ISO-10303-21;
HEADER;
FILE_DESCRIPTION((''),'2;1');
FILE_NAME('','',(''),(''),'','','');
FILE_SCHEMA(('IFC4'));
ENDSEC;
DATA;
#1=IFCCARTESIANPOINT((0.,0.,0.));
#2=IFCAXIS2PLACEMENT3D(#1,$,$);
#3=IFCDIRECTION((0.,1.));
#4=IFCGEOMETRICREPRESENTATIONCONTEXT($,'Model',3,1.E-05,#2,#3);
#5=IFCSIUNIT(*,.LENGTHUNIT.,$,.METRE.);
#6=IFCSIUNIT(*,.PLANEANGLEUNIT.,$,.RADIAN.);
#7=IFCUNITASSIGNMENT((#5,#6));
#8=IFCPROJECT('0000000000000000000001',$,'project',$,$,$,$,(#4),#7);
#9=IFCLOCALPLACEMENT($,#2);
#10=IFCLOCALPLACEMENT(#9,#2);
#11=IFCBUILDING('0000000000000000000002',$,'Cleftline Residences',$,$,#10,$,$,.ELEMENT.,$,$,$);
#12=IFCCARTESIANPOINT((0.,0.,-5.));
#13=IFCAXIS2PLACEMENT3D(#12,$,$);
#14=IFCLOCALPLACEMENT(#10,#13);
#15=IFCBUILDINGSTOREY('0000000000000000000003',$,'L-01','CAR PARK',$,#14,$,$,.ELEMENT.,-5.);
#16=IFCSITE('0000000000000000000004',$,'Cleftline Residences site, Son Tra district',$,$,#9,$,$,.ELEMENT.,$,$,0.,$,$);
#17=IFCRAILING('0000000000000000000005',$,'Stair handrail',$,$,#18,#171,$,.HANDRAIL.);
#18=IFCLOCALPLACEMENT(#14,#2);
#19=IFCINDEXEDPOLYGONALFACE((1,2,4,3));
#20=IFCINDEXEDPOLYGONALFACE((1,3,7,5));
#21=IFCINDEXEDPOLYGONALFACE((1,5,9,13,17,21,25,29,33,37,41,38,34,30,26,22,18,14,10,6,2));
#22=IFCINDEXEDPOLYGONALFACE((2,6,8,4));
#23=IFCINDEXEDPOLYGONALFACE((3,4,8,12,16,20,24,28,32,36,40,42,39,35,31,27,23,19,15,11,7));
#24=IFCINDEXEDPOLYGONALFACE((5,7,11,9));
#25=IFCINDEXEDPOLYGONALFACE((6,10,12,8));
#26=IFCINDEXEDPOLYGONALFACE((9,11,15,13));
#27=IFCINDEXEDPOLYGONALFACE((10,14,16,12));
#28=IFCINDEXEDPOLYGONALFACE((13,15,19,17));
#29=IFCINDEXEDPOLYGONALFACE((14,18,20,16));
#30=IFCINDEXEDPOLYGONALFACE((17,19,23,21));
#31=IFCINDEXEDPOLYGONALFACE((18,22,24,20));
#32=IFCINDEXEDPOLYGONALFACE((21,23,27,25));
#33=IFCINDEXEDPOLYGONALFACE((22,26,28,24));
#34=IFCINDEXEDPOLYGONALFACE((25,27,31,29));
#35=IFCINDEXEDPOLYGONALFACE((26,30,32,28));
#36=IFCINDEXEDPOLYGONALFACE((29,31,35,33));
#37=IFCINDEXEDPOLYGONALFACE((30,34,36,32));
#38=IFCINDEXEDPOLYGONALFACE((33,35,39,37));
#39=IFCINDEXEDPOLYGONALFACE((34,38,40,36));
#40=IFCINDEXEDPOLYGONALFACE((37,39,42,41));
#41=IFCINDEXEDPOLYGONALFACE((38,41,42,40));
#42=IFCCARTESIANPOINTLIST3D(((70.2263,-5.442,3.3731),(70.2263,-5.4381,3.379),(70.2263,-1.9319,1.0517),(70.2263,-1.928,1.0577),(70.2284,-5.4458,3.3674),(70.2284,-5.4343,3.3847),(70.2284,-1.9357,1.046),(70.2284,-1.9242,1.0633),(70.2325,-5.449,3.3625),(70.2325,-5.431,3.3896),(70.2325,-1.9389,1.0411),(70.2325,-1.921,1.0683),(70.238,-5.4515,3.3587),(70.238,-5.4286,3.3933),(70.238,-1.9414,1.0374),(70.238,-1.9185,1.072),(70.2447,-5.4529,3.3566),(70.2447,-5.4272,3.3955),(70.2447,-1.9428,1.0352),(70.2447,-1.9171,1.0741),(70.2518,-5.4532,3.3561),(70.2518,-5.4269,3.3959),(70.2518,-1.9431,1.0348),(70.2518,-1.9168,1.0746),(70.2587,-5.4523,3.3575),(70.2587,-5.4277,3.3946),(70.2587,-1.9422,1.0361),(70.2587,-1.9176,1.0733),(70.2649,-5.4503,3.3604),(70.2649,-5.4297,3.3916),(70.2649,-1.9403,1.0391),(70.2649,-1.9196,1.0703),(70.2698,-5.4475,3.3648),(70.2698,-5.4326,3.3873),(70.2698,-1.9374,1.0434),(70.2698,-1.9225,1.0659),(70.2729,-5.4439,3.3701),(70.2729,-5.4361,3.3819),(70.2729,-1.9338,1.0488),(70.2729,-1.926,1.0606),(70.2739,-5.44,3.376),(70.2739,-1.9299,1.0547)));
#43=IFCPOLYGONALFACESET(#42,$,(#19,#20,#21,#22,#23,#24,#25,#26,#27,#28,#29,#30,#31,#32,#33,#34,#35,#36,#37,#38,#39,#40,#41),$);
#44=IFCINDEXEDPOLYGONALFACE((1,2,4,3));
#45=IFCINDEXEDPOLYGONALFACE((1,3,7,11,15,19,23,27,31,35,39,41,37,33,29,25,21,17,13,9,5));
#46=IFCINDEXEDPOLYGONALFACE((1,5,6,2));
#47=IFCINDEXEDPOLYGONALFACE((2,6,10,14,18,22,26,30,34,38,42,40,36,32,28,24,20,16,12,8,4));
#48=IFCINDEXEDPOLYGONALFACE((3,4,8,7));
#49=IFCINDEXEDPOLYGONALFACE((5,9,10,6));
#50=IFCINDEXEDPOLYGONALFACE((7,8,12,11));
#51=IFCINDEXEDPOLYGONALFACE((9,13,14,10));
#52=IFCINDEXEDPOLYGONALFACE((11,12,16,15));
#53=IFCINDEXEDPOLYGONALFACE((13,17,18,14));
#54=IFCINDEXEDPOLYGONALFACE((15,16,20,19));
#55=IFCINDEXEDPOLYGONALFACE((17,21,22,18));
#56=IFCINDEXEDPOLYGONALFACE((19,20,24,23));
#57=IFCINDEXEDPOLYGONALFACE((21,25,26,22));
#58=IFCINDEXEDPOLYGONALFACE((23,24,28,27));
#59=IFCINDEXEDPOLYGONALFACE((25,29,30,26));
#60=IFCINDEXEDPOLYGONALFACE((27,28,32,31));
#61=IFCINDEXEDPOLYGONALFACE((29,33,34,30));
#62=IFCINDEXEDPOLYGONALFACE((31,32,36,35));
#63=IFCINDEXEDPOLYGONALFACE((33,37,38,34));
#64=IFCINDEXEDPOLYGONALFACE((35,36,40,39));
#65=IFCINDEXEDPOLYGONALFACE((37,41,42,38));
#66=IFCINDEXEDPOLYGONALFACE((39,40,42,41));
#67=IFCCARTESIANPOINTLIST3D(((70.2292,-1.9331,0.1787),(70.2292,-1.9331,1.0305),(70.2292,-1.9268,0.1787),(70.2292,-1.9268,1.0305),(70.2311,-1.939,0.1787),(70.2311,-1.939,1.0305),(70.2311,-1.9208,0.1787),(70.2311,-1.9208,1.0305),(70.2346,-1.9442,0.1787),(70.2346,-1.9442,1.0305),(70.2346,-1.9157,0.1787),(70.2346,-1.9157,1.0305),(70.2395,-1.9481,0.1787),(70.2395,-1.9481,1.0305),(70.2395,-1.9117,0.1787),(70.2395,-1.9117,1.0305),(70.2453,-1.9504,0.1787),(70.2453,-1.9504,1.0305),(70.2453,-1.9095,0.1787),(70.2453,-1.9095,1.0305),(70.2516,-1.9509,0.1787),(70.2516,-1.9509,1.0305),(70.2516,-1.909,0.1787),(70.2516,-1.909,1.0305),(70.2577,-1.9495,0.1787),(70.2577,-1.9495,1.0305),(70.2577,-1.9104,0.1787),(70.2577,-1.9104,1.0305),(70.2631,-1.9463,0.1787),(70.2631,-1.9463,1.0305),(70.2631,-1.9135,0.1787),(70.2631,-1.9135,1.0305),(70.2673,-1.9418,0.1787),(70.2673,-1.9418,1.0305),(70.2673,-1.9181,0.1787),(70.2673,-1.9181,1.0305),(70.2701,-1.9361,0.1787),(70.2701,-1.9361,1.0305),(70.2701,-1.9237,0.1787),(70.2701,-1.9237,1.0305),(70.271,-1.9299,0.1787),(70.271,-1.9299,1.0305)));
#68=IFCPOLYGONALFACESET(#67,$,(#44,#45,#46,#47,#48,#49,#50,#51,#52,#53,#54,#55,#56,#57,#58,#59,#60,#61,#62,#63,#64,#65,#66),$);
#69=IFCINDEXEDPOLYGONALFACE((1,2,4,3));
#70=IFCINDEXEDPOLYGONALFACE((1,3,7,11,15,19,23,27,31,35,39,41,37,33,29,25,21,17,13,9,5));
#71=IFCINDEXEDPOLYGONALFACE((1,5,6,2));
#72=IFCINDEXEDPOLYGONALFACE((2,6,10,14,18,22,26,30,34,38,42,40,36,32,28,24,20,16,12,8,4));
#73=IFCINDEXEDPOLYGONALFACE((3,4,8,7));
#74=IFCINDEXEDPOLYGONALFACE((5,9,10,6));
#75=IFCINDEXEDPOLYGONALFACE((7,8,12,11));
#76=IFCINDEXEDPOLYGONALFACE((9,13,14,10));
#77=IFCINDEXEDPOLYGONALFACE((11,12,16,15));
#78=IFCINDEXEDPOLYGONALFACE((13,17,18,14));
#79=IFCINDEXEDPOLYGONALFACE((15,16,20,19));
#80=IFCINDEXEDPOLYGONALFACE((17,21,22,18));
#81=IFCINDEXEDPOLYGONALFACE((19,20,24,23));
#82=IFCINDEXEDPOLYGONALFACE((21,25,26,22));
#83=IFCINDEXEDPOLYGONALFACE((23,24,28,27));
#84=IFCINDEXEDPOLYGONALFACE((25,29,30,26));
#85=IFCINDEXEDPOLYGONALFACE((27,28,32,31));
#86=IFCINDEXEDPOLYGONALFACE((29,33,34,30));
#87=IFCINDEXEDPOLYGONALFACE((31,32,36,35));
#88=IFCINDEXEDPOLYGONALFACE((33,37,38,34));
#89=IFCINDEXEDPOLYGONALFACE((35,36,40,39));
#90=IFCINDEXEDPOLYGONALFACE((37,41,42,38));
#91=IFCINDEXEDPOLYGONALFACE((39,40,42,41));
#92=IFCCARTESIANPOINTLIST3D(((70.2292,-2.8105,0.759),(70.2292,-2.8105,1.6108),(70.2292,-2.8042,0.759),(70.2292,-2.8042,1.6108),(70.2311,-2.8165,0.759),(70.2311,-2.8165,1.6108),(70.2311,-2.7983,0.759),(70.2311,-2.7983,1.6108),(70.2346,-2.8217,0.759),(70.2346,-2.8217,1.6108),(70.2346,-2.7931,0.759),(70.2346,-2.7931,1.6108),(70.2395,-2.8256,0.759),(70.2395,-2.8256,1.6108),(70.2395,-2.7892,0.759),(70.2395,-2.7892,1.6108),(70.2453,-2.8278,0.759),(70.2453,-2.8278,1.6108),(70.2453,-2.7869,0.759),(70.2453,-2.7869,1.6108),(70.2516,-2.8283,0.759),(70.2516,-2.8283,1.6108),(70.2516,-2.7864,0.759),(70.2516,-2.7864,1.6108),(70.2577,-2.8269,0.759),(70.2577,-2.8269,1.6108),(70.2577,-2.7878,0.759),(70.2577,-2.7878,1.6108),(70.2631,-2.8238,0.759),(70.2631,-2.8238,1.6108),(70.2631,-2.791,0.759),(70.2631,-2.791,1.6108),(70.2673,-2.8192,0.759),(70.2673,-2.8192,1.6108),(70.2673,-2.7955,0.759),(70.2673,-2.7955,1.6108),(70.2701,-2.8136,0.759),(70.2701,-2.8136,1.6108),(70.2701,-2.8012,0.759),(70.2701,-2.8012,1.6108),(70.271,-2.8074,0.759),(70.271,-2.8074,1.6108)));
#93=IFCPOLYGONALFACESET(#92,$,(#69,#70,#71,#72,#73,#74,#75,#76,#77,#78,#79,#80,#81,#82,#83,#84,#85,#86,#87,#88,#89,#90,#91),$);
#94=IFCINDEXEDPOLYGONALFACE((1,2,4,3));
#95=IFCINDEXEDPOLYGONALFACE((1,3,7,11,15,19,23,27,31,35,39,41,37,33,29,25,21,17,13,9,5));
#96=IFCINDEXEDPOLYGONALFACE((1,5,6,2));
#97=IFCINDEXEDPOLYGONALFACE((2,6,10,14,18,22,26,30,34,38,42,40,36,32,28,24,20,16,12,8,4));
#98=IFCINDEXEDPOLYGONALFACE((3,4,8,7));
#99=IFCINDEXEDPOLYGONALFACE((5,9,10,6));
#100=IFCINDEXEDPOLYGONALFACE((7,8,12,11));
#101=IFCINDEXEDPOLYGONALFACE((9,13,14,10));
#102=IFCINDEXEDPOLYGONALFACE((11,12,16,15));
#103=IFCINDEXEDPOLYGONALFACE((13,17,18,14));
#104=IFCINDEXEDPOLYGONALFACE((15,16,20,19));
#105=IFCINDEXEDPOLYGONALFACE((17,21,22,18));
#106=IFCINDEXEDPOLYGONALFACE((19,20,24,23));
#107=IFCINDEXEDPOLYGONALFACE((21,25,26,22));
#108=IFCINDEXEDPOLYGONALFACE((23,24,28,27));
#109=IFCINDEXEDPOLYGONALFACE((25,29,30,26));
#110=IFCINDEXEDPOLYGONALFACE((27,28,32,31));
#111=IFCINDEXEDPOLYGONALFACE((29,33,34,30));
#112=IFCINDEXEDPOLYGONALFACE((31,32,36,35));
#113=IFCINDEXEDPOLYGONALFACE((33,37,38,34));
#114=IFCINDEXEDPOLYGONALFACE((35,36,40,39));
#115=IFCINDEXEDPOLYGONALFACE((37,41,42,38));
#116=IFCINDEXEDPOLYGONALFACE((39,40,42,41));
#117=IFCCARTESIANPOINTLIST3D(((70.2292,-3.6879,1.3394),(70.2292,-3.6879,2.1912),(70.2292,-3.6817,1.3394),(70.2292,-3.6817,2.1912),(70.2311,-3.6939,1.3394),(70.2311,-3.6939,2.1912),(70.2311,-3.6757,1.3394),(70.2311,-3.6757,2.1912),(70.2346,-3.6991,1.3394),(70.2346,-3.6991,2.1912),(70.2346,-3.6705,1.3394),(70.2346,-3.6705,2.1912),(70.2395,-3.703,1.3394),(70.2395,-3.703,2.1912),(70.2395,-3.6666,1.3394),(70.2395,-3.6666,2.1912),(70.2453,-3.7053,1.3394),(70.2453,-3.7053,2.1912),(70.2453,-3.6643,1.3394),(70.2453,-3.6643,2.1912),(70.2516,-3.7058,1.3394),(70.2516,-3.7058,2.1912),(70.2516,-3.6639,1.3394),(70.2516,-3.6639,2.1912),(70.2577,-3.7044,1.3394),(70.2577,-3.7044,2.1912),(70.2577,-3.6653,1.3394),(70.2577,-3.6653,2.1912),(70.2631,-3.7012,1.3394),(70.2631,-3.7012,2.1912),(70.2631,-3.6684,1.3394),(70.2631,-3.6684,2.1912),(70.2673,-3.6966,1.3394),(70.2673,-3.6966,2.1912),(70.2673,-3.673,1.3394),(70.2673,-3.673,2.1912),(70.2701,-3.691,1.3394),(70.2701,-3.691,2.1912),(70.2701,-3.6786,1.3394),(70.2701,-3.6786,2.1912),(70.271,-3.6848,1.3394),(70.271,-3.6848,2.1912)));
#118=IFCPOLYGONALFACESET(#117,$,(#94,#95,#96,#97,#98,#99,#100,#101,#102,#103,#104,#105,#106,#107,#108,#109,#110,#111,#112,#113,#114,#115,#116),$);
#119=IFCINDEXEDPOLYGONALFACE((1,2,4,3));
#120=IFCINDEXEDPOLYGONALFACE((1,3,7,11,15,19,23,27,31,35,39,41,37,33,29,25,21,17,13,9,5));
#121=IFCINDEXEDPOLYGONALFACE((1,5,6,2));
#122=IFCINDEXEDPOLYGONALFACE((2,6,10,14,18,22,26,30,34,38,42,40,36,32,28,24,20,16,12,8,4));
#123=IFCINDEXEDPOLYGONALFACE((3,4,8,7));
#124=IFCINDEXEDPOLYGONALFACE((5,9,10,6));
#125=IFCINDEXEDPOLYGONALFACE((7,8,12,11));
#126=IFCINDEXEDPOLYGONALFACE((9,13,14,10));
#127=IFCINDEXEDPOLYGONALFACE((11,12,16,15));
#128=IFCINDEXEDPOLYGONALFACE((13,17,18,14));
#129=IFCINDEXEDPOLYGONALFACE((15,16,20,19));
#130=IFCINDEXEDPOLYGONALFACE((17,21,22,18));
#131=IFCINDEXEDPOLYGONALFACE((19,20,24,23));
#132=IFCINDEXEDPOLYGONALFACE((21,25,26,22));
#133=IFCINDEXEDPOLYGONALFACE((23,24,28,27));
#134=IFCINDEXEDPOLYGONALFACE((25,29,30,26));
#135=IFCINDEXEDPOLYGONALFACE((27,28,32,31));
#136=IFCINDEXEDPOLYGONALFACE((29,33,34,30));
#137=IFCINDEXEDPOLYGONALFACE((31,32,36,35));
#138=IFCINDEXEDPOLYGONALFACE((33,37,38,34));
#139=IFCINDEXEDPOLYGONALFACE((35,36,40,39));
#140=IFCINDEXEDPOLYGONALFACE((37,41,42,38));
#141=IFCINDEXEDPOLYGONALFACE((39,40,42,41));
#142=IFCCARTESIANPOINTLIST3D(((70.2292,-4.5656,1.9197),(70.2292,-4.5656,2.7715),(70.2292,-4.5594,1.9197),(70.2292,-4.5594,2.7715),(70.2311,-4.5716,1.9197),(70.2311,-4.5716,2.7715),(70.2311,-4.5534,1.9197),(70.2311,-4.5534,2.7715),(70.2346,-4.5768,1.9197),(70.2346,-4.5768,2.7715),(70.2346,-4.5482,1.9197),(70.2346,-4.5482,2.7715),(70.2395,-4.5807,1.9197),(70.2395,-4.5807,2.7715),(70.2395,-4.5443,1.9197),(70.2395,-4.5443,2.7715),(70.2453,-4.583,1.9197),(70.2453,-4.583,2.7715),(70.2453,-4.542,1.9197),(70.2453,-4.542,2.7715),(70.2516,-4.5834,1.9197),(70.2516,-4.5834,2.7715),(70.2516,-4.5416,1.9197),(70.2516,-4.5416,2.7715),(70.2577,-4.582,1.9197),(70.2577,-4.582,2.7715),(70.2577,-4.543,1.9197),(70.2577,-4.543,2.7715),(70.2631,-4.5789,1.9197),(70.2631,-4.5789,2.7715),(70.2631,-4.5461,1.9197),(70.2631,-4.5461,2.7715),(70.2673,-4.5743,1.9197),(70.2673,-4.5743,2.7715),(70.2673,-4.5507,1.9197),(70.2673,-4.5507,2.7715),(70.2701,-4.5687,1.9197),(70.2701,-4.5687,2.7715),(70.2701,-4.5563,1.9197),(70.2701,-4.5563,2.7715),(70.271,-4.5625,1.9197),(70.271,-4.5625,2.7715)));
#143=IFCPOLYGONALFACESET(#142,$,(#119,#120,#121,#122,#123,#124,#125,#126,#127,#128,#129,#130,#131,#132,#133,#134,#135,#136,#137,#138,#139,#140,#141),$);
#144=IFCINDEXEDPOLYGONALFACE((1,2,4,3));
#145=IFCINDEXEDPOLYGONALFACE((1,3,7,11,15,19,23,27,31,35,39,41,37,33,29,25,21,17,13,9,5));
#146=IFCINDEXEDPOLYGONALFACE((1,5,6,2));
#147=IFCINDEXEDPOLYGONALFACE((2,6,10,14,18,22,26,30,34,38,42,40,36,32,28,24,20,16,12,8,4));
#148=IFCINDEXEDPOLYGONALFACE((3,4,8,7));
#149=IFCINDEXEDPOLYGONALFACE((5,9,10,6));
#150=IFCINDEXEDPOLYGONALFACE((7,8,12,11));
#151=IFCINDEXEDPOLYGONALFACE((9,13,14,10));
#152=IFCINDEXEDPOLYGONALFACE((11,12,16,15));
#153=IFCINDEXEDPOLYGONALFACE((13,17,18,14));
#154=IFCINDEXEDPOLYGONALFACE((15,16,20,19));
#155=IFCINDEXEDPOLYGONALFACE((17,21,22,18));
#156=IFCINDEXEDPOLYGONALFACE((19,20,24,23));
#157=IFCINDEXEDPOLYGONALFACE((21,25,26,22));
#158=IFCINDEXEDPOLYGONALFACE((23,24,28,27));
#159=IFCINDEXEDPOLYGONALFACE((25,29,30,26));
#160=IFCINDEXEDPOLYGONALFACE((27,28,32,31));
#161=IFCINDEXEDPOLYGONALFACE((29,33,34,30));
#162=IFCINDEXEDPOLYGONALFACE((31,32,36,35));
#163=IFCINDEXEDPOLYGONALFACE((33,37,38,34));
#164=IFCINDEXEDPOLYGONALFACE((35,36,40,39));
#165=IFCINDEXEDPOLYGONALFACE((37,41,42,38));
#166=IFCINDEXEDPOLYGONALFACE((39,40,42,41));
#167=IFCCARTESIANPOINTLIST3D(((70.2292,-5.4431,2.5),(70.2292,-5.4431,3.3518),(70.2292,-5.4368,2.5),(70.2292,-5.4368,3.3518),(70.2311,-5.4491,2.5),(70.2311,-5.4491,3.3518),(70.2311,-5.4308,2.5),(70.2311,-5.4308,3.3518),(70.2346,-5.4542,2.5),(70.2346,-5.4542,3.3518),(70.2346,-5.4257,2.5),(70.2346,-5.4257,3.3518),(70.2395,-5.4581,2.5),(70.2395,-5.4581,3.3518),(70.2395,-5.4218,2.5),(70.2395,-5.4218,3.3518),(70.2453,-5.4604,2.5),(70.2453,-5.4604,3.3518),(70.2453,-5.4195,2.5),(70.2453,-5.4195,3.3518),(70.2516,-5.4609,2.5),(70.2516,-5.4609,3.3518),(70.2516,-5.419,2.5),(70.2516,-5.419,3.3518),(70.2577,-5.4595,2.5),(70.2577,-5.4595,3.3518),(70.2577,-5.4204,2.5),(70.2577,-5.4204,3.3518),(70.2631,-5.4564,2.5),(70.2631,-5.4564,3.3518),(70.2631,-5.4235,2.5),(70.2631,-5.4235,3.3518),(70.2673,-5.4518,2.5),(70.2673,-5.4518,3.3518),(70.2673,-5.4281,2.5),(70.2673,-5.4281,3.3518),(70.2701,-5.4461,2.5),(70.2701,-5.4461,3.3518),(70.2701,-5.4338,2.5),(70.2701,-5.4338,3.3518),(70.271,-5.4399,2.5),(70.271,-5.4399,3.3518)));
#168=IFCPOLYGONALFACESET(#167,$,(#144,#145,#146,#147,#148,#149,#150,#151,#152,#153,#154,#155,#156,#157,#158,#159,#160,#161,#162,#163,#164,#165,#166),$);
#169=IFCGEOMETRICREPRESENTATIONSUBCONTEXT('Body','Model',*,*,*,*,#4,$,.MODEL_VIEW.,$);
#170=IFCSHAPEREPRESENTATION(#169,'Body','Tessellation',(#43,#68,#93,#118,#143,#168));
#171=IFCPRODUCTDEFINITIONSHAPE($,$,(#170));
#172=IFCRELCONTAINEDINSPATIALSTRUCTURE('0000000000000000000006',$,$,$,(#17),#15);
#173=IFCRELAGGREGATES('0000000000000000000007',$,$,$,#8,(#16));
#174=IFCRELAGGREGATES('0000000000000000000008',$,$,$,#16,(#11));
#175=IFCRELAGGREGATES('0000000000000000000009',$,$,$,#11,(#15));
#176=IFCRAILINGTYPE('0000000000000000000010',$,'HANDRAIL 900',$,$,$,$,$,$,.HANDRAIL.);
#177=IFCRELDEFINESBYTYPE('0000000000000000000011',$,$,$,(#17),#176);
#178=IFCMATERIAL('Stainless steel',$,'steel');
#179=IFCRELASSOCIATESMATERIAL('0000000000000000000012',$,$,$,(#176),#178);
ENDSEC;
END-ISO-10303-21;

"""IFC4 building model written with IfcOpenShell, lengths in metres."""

from ifc_helpers import new_model, si_unit, direction, frame, origin, origin_2d, place, context, subcontext, project, spatial, circle, extrude, material, type_object, element, save


model = new_model("IFC4")

# Units and contexts
model_context = context("Model", 3, precision=1e-05, world=origin(), true_north=direction((0.0, 1.0)))
body_context = subcontext(model_context, "Body", "Model", "MODEL_VIEW")
ifc_project = project(units=[si_unit("LENGTHUNIT", "METRE"), si_unit("PLANEANGLEUNIT", "RADIAN")], contexts=[model_context])

# Site, building, storey
site_placement = place(None, origin())
site = spatial("IfcSite", under=ifc_project, at=site_placement, Name="Cleftline Residences site, Son Tra district", CompositionType="ELEMENT", RefElevation=0.0)
building_placement = place(site_placement, origin())
building = spatial("IfcBuilding", under=site, at=building_placement, Name="Cleftline Residences", CompositionType="ELEMENT")
storey_placement = place(building_placement, frame((0.0, 0.0, -5.0)))
storey = spatial("IfcBuildingStorey", under=building, at=storey_placement, Name="L-01", Description="CAR PARK", CompositionType="ELEMENT", Elevation=-5.0)

# Railing
ifc_material_1 = material(Name="Stainless steel", Category="steel")
railing_type = type_object("IfcRailingType", Name="HANDRAIL 900", PredefinedType="HANDRAIL", material=ifc_material_1)
railing_1_placement = place(storey_placement, frame((70.25, -1.9299, 0.1787)))
element("IfcRailing", 1, at=railing_1_placement, inside=storey, type_object=railing_type, Name="Stair handrail", PredefinedType="HANDRAIL", context=body_context, shape_type="SweptSolid", body=[
    extrude(circle(Radius=0.0239, at=origin_2d()), frame((0.0, 0.0, 0.876), z_axis=(0.0, -0.834097, 0.551617), x_axis=(1.0, 0.0, 0.0)), (0.0, 0.0, 1.0), 4.2083),
    extrude(circle(Radius=0.021, at=origin_2d()), origin(), (0.0, 0.0, 1.0), 0.8518),
    extrude(circle(Radius=0.021, at=origin_2d()), frame((0.0, -0.8774, 0.5803)), (0.0, 0.0, 1.0), 0.8518),
    extrude(circle(Radius=0.021, at=origin_2d()), frame((0.0, -1.7549, 1.1606)), (0.0, 0.0, 1.0), 0.8518),
    extrude(circle(Radius=0.021, at=origin_2d()), frame((0.0, -2.6326, 1.741)), (0.0, 0.0, 1.0), 0.8518),
    extrude(circle(Radius=0.021, at=origin_2d()), frame((0.0, -3.51, 2.3213)), (0.0, 0.0, 1.0), 0.8518),
])

save(model, "model.ifc")
